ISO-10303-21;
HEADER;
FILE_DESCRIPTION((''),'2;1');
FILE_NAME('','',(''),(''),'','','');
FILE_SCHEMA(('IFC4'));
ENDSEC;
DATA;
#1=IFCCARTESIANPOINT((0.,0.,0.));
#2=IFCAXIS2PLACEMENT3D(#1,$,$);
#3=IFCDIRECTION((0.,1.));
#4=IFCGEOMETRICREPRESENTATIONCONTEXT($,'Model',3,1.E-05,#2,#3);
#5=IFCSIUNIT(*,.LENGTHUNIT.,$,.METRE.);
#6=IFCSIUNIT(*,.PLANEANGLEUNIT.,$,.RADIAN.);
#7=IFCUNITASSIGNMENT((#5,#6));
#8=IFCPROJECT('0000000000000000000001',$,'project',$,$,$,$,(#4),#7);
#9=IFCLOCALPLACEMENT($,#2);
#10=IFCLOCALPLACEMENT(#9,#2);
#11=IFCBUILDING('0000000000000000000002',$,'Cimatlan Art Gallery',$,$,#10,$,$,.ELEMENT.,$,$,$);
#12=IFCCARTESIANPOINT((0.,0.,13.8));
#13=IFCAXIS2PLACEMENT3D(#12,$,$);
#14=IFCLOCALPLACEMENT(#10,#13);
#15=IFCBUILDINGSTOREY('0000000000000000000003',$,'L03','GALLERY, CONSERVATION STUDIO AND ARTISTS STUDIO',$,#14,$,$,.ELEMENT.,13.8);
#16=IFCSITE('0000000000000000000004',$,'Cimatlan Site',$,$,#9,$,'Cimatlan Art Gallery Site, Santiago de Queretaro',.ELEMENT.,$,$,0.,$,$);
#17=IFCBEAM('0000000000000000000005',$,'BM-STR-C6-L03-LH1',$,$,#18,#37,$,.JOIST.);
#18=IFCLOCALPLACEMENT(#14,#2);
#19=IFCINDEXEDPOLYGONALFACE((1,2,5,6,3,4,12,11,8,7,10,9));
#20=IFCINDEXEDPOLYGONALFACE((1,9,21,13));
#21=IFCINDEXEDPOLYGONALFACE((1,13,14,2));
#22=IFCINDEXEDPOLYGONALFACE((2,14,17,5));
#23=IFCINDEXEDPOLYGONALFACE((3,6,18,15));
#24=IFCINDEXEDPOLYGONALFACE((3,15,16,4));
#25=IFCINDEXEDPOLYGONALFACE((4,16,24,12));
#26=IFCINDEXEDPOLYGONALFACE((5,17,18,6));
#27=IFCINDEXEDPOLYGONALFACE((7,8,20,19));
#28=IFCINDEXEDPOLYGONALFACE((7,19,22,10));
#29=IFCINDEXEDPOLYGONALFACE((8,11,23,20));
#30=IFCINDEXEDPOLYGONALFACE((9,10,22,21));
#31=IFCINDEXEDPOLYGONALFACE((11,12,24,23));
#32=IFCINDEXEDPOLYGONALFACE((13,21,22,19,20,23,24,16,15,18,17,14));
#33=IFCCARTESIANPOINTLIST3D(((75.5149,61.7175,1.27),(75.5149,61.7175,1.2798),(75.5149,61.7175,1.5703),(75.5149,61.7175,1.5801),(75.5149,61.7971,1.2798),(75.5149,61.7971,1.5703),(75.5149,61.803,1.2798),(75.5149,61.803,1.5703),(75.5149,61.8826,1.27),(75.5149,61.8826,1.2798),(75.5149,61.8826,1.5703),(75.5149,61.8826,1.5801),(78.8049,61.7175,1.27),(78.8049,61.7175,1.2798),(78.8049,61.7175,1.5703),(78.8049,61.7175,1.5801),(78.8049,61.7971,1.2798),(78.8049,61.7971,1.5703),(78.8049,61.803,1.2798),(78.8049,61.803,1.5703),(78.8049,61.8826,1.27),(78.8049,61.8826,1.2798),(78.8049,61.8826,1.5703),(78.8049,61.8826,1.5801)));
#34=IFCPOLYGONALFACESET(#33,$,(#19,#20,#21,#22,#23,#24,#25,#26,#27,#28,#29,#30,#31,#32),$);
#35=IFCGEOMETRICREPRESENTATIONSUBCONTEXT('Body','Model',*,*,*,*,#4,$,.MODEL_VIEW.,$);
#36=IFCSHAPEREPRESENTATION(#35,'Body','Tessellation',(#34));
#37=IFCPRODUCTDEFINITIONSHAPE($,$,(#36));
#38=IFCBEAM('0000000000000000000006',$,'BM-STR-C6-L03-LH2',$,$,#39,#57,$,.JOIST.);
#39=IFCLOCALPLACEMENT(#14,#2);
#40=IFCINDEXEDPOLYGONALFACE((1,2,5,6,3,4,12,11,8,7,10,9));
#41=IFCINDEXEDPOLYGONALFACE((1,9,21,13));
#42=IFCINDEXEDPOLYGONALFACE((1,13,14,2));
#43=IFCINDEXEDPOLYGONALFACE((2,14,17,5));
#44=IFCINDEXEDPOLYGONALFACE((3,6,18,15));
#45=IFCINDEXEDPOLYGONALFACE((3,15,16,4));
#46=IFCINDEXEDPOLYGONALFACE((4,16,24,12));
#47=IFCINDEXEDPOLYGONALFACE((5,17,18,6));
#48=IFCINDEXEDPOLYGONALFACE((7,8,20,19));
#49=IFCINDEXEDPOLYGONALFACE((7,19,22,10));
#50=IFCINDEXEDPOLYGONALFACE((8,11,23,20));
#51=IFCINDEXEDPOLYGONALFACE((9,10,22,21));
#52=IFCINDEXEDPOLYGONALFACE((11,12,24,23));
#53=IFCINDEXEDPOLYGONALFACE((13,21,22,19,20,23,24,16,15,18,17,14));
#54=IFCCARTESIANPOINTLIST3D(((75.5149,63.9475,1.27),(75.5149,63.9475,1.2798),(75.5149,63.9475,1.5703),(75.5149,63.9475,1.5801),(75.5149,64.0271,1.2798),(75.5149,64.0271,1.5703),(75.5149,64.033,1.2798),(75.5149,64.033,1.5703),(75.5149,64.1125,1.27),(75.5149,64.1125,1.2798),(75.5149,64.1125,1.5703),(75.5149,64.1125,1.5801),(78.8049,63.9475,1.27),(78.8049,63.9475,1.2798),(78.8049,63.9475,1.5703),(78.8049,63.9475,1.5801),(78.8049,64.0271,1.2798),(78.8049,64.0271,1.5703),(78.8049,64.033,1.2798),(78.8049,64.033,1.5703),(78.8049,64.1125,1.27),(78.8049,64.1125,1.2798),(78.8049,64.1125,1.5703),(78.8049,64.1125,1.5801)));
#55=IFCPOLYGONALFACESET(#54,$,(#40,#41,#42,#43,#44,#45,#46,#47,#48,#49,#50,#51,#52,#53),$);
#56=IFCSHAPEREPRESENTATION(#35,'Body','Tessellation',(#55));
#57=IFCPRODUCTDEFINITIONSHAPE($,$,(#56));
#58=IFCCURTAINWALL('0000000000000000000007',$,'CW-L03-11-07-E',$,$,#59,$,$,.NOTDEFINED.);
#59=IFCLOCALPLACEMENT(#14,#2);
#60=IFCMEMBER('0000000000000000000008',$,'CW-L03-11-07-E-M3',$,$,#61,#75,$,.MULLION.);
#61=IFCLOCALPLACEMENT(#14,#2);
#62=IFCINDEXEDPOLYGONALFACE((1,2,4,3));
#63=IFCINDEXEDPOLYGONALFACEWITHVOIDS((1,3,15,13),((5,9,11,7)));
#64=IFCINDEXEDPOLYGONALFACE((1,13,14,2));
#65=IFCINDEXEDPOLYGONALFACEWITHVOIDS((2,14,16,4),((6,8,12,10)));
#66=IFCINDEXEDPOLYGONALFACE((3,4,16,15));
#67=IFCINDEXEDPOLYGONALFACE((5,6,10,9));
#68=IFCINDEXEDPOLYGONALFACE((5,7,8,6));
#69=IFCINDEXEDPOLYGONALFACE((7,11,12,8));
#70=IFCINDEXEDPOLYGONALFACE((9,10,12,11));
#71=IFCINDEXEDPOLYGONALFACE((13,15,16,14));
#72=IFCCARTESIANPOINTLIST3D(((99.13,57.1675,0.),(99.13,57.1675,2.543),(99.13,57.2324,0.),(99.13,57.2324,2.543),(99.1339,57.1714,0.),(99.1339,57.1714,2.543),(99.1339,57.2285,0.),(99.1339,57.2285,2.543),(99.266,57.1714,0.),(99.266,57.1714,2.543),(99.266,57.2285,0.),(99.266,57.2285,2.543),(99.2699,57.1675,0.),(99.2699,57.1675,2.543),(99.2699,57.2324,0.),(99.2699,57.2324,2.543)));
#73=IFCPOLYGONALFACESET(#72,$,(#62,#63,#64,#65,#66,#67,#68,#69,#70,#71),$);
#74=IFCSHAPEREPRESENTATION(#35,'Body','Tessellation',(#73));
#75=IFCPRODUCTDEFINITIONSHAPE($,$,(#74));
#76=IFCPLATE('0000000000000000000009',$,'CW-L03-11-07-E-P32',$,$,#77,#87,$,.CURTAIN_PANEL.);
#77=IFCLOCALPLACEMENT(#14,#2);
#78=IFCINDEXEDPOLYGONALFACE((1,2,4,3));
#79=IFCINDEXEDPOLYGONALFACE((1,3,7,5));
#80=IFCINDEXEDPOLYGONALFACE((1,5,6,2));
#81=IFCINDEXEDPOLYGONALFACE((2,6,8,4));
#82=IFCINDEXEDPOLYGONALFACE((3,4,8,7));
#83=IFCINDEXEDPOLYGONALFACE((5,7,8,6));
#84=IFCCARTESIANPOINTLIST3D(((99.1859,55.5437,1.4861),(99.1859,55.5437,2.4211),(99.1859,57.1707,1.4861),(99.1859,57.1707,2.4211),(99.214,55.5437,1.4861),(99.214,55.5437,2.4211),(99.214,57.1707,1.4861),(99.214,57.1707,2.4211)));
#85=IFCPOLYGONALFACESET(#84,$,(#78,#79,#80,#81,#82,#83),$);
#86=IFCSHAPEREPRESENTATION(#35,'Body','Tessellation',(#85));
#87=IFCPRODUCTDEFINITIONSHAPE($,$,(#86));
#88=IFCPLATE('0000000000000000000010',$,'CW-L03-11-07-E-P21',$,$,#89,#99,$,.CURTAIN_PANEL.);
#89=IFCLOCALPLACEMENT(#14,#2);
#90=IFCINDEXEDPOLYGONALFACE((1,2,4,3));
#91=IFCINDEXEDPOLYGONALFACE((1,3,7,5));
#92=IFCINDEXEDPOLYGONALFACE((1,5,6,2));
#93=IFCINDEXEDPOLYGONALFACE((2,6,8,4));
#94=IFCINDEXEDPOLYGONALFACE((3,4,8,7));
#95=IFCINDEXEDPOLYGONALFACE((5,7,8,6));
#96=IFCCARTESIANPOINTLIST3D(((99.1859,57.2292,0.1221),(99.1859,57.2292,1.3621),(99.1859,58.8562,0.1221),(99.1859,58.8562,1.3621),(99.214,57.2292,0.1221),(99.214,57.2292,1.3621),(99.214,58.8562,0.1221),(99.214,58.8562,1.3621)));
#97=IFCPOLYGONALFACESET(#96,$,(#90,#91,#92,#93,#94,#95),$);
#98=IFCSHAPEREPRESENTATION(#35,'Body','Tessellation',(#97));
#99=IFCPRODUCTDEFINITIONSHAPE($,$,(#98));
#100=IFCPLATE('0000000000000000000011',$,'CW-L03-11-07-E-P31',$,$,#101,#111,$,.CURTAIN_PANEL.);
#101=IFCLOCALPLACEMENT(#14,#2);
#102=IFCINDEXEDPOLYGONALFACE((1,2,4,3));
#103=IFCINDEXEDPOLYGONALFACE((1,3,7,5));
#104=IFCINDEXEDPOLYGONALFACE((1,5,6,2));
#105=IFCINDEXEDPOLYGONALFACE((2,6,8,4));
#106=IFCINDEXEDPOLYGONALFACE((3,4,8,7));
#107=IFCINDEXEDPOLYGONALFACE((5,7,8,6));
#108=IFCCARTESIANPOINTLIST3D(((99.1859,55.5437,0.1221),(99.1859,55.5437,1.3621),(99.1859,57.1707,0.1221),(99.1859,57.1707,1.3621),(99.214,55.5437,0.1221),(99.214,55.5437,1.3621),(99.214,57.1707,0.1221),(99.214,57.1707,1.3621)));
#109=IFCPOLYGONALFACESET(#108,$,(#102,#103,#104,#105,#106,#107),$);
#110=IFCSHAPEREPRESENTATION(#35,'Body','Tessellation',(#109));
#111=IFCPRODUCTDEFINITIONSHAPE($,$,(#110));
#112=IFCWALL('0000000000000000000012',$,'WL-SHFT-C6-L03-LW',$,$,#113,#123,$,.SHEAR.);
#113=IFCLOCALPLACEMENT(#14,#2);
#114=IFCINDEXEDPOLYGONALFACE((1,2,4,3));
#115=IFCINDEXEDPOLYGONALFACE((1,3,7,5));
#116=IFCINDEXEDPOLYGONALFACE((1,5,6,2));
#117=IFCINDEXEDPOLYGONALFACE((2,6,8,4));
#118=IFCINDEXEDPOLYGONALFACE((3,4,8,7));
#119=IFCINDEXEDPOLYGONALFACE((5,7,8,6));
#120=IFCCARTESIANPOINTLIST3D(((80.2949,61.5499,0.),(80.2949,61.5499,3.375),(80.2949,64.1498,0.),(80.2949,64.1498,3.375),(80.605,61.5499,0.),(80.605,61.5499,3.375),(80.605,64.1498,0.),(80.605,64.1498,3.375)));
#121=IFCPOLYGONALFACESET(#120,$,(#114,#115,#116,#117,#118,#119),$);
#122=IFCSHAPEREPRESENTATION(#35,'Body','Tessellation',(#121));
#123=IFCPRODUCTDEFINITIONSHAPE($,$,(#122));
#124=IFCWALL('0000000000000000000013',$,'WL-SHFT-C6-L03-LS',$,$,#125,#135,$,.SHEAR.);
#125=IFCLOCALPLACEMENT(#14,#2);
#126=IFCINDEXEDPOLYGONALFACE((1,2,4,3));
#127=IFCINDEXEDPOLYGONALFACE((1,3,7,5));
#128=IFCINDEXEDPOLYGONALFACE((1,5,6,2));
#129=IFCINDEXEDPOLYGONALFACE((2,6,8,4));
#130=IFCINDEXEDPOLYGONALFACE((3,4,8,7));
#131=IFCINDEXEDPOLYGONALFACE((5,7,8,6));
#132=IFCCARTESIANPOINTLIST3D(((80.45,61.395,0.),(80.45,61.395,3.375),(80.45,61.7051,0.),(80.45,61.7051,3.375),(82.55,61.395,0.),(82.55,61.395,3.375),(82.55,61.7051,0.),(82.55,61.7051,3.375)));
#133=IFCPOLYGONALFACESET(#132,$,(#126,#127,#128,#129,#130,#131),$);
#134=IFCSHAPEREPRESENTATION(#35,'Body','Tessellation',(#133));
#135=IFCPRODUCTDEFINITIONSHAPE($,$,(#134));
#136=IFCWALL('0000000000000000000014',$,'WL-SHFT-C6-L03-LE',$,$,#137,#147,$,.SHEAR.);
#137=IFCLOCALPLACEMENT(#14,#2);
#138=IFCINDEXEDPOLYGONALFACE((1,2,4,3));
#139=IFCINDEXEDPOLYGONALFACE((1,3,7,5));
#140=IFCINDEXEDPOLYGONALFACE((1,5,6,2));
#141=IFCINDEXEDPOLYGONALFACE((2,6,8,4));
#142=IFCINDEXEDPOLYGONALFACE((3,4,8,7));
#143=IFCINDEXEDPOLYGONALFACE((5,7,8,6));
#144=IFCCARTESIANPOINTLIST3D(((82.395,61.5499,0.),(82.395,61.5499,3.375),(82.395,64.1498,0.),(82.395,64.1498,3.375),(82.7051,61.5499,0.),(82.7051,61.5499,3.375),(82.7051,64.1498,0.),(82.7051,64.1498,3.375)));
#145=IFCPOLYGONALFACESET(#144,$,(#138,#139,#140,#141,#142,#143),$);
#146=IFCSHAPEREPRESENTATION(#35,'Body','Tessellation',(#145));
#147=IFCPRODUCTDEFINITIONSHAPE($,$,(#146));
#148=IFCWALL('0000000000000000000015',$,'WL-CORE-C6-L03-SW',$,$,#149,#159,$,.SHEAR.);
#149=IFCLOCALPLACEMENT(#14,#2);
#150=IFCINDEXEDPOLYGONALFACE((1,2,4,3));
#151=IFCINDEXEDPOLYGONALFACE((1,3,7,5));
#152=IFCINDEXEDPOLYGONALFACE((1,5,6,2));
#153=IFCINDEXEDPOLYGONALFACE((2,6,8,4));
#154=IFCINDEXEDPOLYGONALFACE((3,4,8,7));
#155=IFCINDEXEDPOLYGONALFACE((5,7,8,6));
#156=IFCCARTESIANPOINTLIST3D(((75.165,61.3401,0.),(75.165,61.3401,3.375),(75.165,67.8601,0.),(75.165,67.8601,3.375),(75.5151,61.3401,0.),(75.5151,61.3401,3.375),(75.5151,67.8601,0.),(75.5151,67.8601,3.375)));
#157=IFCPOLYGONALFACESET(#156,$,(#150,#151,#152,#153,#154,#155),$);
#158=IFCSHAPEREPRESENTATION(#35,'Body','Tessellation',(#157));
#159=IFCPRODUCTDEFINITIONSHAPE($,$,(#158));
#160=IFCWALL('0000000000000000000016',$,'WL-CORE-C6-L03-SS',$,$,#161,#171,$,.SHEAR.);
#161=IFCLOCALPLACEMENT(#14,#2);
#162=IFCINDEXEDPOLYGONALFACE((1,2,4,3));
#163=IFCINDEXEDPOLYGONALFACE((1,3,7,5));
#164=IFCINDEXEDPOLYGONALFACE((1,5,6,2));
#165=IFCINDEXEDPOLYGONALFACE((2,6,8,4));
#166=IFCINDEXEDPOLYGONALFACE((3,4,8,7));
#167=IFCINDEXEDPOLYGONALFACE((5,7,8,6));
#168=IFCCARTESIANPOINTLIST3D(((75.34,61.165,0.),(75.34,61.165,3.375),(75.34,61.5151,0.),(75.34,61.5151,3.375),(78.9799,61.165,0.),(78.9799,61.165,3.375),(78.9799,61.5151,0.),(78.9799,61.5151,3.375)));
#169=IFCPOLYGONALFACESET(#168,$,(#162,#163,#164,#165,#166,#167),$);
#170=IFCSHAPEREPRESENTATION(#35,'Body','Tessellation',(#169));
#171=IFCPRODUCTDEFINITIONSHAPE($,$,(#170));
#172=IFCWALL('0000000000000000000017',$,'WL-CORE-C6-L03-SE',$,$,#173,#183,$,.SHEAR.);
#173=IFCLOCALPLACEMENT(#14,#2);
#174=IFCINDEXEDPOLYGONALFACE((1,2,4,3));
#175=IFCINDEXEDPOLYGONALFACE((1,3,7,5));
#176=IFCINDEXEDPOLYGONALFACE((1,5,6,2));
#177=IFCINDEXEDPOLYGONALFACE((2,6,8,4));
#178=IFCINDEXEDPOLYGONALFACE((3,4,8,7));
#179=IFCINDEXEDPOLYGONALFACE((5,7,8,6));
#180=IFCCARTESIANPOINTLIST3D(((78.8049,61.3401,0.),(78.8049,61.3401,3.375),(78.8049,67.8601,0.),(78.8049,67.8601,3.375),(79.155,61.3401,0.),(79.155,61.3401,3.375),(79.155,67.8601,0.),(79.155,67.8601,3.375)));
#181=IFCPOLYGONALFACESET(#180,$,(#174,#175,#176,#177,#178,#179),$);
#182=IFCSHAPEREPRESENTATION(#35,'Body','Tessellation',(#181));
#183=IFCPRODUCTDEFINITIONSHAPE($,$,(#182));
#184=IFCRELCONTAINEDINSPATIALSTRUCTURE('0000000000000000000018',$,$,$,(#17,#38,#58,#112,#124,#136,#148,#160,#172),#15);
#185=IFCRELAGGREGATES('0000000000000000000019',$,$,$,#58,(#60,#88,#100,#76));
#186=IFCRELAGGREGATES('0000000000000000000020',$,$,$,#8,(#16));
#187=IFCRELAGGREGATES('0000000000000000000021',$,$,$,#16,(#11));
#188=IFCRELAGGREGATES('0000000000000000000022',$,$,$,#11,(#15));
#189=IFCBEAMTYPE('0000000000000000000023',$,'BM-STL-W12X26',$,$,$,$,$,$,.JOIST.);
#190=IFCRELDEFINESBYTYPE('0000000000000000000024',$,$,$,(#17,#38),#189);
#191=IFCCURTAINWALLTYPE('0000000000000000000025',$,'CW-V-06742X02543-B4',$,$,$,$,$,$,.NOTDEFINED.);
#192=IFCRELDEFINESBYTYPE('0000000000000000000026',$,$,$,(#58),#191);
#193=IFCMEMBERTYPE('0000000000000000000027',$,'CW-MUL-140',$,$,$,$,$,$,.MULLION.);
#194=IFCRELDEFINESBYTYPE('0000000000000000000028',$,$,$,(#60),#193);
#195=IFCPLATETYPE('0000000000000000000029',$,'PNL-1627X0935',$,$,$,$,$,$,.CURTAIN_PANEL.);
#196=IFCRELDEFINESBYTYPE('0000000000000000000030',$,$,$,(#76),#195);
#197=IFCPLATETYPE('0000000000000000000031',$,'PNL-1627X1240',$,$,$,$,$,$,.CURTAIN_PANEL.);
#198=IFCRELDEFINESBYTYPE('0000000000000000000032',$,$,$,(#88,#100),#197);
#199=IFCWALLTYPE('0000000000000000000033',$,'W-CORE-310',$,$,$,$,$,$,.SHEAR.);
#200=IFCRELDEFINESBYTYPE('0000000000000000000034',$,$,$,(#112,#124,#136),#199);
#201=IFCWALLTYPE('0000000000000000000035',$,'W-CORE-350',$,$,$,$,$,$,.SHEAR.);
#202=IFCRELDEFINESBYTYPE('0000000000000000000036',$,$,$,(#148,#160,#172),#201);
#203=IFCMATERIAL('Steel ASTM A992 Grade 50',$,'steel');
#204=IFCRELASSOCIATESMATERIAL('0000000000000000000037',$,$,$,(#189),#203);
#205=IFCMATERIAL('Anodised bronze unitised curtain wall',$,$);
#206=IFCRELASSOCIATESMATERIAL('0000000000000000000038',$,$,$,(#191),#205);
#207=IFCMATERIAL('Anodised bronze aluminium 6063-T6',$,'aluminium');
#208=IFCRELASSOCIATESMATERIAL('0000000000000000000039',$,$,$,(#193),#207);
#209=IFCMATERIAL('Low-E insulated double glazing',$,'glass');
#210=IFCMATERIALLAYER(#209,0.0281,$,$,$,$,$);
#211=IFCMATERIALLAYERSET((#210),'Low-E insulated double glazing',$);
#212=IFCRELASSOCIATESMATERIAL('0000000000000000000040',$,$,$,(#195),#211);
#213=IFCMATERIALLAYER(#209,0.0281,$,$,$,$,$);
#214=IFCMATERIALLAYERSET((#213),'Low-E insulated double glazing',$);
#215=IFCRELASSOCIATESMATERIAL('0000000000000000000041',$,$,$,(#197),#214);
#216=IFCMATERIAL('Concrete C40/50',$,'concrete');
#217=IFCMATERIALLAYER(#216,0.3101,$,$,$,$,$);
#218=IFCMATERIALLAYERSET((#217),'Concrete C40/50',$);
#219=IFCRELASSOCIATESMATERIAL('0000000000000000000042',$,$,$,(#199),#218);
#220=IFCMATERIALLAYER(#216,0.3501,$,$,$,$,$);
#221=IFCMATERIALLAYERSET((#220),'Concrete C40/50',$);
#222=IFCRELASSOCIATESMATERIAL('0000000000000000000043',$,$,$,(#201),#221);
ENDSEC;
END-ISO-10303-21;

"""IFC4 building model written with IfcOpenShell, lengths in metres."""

from ifc_helpers import new_model, si_unit, direction, frame, frame_2d, origin, origin_2d, place, context, subcontext, project, spatial, rectangle, hollow_rectangle, i_section, extrude, material, layer, layer_set, material_profile, profile_set, type_object, element, aggregate, save


model = new_model("IFC4")

# Units and contexts
model_context = context("Model", 3, precision=1e-05, world=origin(), true_north=direction((0.0, 1.0)))
body_context = subcontext(model_context, "Body", "Model", "MODEL_VIEW")
ifc_project = project(units=[si_unit("LENGTHUNIT", "METRE"), si_unit("PLANEANGLEUNIT", "RADIAN")], contexts=[model_context])

# Site, building, storey
site_placement = place(None, origin())
site = spatial("IfcSite", under=ifc_project, at=site_placement, Name="Cimatlan Site", LongName="Cimatlan Art Gallery Site, Santiago de Queretaro", CompositionType="ELEMENT", RefElevation=0.0)
building_placement = place(site_placement, origin())
building = spatial("IfcBuilding", under=site, at=building_placement, Name="Cimatlan Art Gallery", CompositionType="ELEMENT")
storey_placement = place(building_placement, frame((0.0, 0.0, 13.8)))
storey = spatial("IfcBuildingStorey", under=building, at=storey_placement, Name="L03", Description="GALLERY, CONSERVATION STUDIO AND ARTISTS STUDIO", CompositionType="ELEMENT", Elevation=13.8)

# Beams
ifc_material_1 = material(Name="Steel ASTM A992 Grade 50", Category="steel")
ifc_material_profile_1 = material_profile(ifc_material_1, i_section(OverallWidth=0.165, OverallDepth=0.3101, WebThickness=0.0059, FlangeThickness=0.0098, at=origin_2d()), Name="W12X26")
ifc_profile_set_1 = profile_set([ifc_material_profile_1], Name="Steel ASTM A992 Grade 50")
beam_type = type_object("IfcBeamType", Name="BM-STL-W12X26", PredefinedType="JOIST", material=ifc_profile_set_1)
for number, where, z_axis, x_axis, name in (
    (1, (75.5149, 61.8, 1.425), (1.0, 0.0, 0.0), (0.0, 1.0, 0.0), "BM-STR-C6-L03-LH1"),
    (2, (75.5149, 64.03, 1.425), (1.0, 0.0, 0.0), (0.0, 1.0, 0.0), "BM-STR-C6-L03-LH2"),
):
    element("IfcBeam", number, at=place(storey_placement, frame(where, z_axis=z_axis, x_axis=x_axis)), inside=storey, type_object=beam_type, Name=name, PredefinedType="JOIST", context=body_context, shape_type="SweptSolid", body=[
        extrude(i_section(OverallWidth=0.165, OverallDepth=0.3101, WebThickness=0.0059, FlangeThickness=0.0098, at=origin_2d()), origin(), (0.0, 0.0, 1.0), 3.29),
    ])

# Curtain wall, member, plates
ifc_material_2 = material(Name="Anodised bronze unitised curtain wall")
curtain_wall_type = type_object("IfcCurtainWallType", Name="CW-V-06742X02543-B4", PredefinedType="NOTDEFINED", material=ifc_material_2)
curtain_wall_placement = place(storey_placement, origin())
curtain_wall = element("IfcCurtainWall", 3, at=curtain_wall_placement, inside=storey, type_object=curtain_wall_type, Name="CW-L03-11-07-E", PredefinedType="NOTDEFINED")
ifc_material_3 = material(Name="Anodised bronze aluminium 6063-T6", Category="aluminium")
ifc_material_profile_2 = material_profile(ifc_material_3, hollow_rectangle(XDim=0.0649, YDim=0.1399, WallThickness=0.0039, at=origin_2d()), Name="ALU65X140X4")
ifc_profile_set_2 = profile_set([ifc_material_profile_2], Name="Anodised bronze aluminium 6063-T6")
member_type = type_object("IfcMemberType", Name="CW-MUL-140", PredefinedType="MULLION", material=ifc_profile_set_2)
member_placement = place(storey_placement, frame((99.2, 57.2, 0.0), z_axis=(0.0, 0.0, 1.0), x_axis=(0.0, 1.0, 0.0)))
member = element("IfcMember", 4, at=member_placement, type_object=member_type, Name="CW-L03-11-07-E-M3", PredefinedType="MULLION", context=body_context, shape_type="SweptSolid", body=[
    extrude(hollow_rectangle(XDim=0.0649, YDim=0.1399, WallThickness=0.0039, at=origin_2d()), origin(), (0.0, 0.0, 1.0), 2.543),
])
ifc_material_4 = material(Name="Low-E insulated double glazing", Category="glass")
ifc_layer_1 = layer(ifc_material_4, 0.0281)
ifc_layer_set_1 = layer_set([ifc_layer_1], Name="Low-E insulated double glazing")
plate_type_1 = type_object("IfcPlateType", Name="PNL-1627X0935", PredefinedType="CURTAIN_PANEL", material=ifc_layer_set_1)
plate_1_placement = place(storey_placement, frame((99.2, 56.3572, 1.4861), z_axis=(0.0, 0.0, 1.0), x_axis=(0.0, -1.0, 0.0)))
plate_1 = element("IfcPlate", 5, at=plate_1_placement, type_object=plate_type_1, Name="CW-L03-11-07-E-P32", PredefinedType="CURTAIN_PANEL", context=body_context, shape_type="SweptSolid", body=[
    extrude(rectangle(XDim=1.627, YDim=0.0281, at=origin_2d()), origin(), (0.0, 0.0, 1.0), 0.9351),
])
ifc_layer_2 = layer(ifc_material_4, 0.0281)
ifc_layer_set_2 = layer_set([ifc_layer_2], Name="Low-E insulated double glazing")
plate_type_2 = type_object("IfcPlateType", Name="PNL-1627X1240", PredefinedType="CURTAIN_PANEL", material=ifc_layer_set_2)
plate_2_placement = place(storey_placement, frame((99.2, 58.0427, 0.1221), z_axis=(0.0, 0.0, 1.0), x_axis=(0.0, -1.0, 0.0)))
plate_2 = element("IfcPlate", 6, at=plate_2_placement, type_object=plate_type_2, Name="CW-L03-11-07-E-P21", PredefinedType="CURTAIN_PANEL", context=body_context, shape_type="SweptSolid", body=[
    extrude(rectangle(XDim=1.627, YDim=0.0281, at=origin_2d()), origin(), (0.0, 0.0, 1.0), 1.24),
])
plate_3_placement = place(storey_placement, frame((99.2, 56.3572, 0.1221), z_axis=(0.0, 0.0, 1.0), x_axis=(0.0, -1.0, 0.0)))
plate_3 = element("IfcPlate", 7, at=plate_3_placement, type_object=plate_type_2, Name="CW-L03-11-07-E-P31", PredefinedType="CURTAIN_PANEL", context=body_context, shape_type="SweptSolid", body=[
    extrude(rectangle(XDim=1.627, YDim=0.0281, at=origin_2d()), origin(), (0.0, 0.0, 1.0), 1.24),
])
aggregate(curtain_wall, [member, plate_2, plate_3, plate_1])

# Walls
ifc_material_5 = material(Name="Concrete C40/50", Category="concrete")
ifc_layer_3 = layer(ifc_material_5, 0.3101)
ifc_layer_set_3 = layer_set([ifc_layer_3], Name="Concrete C40/50")
wall_type_1 = type_object("IfcWallType", Name="W-CORE-310", PredefinedType="SHEAR", material=ifc_layer_set_3)
wall_1_placement = place(storey_placement, frame((80.45, 61.55, 0.0), z_axis=(0.0, 0.0, 1.0), x_axis=(0.0, 1.0, 0.0)))
element("IfcWall", 8, at=wall_1_placement, inside=storey, type_object=wall_type_1, Name="WL-SHFT-C6-L03-LW", PredefinedType="SHEAR", context=body_context, shape_type="SweptSolid", body=[
    extrude(rectangle(XDim=2.5999, YDim=0.3101, at=frame_2d((1.2998, 0.0))), origin(), (0.0, 0.0, 1.0), 3.375),
])
wall_2_placement = place(storey_placement, frame((80.45, 61.55, 0.0), z_axis=(0.0, 0.0, 1.0), x_axis=(1.0, 0.0, 0.0)))
element("IfcWall", 9, at=wall_2_placement, inside=storey, type_object=wall_type_1, Name="WL-SHFT-C6-L03-LS", PredefinedType="SHEAR", context=body_context, shape_type="SweptSolid", body=[
    extrude(rectangle(XDim=2.1001, YDim=0.3101, at=frame_2d((1.05, 0.0))), origin(), (0.0, 0.0, 1.0), 3.375),
])
wall_3_placement = place(storey_placement, frame((82.55, 61.55, 0.0), z_axis=(0.0, 0.0, 1.0), x_axis=(0.0, 1.0, 0.0)))
element("IfcWall", 10, at=wall_3_placement, inside=storey, type_object=wall_type_1, Name="WL-SHFT-C6-L03-LE", PredefinedType="SHEAR", context=body_context, shape_type="SweptSolid", body=[
    extrude(rectangle(XDim=2.5999, YDim=0.3101, at=frame_2d((1.2998, 0.0))), origin(), (0.0, 0.0, 1.0), 3.375),
])

# Walls
ifc_layer_4 = layer(ifc_material_5, 0.3501)
ifc_layer_set_4 = layer_set([ifc_layer_4], Name="Concrete C40/50")
wall_type_2 = type_object("IfcWallType", Name="W-CORE-350", PredefinedType="SHEAR", material=ifc_layer_set_4)
wall_4_placement = place(storey_placement, frame((75.3401, 61.3401, 0.0), z_axis=(0.0, 0.0, 1.0), x_axis=(0.0, 1.0, 0.0)))
element("IfcWall", 11, at=wall_4_placement, inside=storey, type_object=wall_type_2, Name="WL-CORE-C6-L03-SW", PredefinedType="SHEAR", context=body_context, shape_type="SweptSolid", body=[
    extrude(rectangle(XDim=6.52, YDim=0.3501, at=frame_2d((3.26, 0.0))), origin(), (0.0, 0.0, 1.0), 3.375),
])
wall_5_placement = place(storey_placement, frame((75.3401, 61.3401, 0.0), z_axis=(0.0, 0.0, 1.0), x_axis=(1.0, 0.0, 0.0)))
element("IfcWall", 12, at=wall_5_placement, inside=storey, type_object=wall_type_2, Name="WL-CORE-C6-L03-SS", PredefinedType="SHEAR", context=body_context, shape_type="SweptSolid", body=[
    extrude(rectangle(XDim=3.6399, YDim=0.3501, at=frame_2d((1.8198, 0.0))), origin(), (0.0, 0.0, 1.0), 3.375),
])
wall_6_placement = place(storey_placement, frame((78.98, 61.3401, 0.0), z_axis=(0.0, 0.0, 1.0), x_axis=(0.0, 1.0, 0.0)))
element("IfcWall", 13, at=wall_6_placement, inside=storey, type_object=wall_type_2, Name="WL-CORE-C6-L03-SE", PredefinedType="SHEAR", context=body_context, shape_type="SweptSolid", body=[
    extrude(rectangle(XDim=6.52, YDim=0.3501, at=frame_2d((3.26, 0.0))), origin(), (0.0, 0.0, 1.0), 3.375),
])

save(model, "model.ifc")
